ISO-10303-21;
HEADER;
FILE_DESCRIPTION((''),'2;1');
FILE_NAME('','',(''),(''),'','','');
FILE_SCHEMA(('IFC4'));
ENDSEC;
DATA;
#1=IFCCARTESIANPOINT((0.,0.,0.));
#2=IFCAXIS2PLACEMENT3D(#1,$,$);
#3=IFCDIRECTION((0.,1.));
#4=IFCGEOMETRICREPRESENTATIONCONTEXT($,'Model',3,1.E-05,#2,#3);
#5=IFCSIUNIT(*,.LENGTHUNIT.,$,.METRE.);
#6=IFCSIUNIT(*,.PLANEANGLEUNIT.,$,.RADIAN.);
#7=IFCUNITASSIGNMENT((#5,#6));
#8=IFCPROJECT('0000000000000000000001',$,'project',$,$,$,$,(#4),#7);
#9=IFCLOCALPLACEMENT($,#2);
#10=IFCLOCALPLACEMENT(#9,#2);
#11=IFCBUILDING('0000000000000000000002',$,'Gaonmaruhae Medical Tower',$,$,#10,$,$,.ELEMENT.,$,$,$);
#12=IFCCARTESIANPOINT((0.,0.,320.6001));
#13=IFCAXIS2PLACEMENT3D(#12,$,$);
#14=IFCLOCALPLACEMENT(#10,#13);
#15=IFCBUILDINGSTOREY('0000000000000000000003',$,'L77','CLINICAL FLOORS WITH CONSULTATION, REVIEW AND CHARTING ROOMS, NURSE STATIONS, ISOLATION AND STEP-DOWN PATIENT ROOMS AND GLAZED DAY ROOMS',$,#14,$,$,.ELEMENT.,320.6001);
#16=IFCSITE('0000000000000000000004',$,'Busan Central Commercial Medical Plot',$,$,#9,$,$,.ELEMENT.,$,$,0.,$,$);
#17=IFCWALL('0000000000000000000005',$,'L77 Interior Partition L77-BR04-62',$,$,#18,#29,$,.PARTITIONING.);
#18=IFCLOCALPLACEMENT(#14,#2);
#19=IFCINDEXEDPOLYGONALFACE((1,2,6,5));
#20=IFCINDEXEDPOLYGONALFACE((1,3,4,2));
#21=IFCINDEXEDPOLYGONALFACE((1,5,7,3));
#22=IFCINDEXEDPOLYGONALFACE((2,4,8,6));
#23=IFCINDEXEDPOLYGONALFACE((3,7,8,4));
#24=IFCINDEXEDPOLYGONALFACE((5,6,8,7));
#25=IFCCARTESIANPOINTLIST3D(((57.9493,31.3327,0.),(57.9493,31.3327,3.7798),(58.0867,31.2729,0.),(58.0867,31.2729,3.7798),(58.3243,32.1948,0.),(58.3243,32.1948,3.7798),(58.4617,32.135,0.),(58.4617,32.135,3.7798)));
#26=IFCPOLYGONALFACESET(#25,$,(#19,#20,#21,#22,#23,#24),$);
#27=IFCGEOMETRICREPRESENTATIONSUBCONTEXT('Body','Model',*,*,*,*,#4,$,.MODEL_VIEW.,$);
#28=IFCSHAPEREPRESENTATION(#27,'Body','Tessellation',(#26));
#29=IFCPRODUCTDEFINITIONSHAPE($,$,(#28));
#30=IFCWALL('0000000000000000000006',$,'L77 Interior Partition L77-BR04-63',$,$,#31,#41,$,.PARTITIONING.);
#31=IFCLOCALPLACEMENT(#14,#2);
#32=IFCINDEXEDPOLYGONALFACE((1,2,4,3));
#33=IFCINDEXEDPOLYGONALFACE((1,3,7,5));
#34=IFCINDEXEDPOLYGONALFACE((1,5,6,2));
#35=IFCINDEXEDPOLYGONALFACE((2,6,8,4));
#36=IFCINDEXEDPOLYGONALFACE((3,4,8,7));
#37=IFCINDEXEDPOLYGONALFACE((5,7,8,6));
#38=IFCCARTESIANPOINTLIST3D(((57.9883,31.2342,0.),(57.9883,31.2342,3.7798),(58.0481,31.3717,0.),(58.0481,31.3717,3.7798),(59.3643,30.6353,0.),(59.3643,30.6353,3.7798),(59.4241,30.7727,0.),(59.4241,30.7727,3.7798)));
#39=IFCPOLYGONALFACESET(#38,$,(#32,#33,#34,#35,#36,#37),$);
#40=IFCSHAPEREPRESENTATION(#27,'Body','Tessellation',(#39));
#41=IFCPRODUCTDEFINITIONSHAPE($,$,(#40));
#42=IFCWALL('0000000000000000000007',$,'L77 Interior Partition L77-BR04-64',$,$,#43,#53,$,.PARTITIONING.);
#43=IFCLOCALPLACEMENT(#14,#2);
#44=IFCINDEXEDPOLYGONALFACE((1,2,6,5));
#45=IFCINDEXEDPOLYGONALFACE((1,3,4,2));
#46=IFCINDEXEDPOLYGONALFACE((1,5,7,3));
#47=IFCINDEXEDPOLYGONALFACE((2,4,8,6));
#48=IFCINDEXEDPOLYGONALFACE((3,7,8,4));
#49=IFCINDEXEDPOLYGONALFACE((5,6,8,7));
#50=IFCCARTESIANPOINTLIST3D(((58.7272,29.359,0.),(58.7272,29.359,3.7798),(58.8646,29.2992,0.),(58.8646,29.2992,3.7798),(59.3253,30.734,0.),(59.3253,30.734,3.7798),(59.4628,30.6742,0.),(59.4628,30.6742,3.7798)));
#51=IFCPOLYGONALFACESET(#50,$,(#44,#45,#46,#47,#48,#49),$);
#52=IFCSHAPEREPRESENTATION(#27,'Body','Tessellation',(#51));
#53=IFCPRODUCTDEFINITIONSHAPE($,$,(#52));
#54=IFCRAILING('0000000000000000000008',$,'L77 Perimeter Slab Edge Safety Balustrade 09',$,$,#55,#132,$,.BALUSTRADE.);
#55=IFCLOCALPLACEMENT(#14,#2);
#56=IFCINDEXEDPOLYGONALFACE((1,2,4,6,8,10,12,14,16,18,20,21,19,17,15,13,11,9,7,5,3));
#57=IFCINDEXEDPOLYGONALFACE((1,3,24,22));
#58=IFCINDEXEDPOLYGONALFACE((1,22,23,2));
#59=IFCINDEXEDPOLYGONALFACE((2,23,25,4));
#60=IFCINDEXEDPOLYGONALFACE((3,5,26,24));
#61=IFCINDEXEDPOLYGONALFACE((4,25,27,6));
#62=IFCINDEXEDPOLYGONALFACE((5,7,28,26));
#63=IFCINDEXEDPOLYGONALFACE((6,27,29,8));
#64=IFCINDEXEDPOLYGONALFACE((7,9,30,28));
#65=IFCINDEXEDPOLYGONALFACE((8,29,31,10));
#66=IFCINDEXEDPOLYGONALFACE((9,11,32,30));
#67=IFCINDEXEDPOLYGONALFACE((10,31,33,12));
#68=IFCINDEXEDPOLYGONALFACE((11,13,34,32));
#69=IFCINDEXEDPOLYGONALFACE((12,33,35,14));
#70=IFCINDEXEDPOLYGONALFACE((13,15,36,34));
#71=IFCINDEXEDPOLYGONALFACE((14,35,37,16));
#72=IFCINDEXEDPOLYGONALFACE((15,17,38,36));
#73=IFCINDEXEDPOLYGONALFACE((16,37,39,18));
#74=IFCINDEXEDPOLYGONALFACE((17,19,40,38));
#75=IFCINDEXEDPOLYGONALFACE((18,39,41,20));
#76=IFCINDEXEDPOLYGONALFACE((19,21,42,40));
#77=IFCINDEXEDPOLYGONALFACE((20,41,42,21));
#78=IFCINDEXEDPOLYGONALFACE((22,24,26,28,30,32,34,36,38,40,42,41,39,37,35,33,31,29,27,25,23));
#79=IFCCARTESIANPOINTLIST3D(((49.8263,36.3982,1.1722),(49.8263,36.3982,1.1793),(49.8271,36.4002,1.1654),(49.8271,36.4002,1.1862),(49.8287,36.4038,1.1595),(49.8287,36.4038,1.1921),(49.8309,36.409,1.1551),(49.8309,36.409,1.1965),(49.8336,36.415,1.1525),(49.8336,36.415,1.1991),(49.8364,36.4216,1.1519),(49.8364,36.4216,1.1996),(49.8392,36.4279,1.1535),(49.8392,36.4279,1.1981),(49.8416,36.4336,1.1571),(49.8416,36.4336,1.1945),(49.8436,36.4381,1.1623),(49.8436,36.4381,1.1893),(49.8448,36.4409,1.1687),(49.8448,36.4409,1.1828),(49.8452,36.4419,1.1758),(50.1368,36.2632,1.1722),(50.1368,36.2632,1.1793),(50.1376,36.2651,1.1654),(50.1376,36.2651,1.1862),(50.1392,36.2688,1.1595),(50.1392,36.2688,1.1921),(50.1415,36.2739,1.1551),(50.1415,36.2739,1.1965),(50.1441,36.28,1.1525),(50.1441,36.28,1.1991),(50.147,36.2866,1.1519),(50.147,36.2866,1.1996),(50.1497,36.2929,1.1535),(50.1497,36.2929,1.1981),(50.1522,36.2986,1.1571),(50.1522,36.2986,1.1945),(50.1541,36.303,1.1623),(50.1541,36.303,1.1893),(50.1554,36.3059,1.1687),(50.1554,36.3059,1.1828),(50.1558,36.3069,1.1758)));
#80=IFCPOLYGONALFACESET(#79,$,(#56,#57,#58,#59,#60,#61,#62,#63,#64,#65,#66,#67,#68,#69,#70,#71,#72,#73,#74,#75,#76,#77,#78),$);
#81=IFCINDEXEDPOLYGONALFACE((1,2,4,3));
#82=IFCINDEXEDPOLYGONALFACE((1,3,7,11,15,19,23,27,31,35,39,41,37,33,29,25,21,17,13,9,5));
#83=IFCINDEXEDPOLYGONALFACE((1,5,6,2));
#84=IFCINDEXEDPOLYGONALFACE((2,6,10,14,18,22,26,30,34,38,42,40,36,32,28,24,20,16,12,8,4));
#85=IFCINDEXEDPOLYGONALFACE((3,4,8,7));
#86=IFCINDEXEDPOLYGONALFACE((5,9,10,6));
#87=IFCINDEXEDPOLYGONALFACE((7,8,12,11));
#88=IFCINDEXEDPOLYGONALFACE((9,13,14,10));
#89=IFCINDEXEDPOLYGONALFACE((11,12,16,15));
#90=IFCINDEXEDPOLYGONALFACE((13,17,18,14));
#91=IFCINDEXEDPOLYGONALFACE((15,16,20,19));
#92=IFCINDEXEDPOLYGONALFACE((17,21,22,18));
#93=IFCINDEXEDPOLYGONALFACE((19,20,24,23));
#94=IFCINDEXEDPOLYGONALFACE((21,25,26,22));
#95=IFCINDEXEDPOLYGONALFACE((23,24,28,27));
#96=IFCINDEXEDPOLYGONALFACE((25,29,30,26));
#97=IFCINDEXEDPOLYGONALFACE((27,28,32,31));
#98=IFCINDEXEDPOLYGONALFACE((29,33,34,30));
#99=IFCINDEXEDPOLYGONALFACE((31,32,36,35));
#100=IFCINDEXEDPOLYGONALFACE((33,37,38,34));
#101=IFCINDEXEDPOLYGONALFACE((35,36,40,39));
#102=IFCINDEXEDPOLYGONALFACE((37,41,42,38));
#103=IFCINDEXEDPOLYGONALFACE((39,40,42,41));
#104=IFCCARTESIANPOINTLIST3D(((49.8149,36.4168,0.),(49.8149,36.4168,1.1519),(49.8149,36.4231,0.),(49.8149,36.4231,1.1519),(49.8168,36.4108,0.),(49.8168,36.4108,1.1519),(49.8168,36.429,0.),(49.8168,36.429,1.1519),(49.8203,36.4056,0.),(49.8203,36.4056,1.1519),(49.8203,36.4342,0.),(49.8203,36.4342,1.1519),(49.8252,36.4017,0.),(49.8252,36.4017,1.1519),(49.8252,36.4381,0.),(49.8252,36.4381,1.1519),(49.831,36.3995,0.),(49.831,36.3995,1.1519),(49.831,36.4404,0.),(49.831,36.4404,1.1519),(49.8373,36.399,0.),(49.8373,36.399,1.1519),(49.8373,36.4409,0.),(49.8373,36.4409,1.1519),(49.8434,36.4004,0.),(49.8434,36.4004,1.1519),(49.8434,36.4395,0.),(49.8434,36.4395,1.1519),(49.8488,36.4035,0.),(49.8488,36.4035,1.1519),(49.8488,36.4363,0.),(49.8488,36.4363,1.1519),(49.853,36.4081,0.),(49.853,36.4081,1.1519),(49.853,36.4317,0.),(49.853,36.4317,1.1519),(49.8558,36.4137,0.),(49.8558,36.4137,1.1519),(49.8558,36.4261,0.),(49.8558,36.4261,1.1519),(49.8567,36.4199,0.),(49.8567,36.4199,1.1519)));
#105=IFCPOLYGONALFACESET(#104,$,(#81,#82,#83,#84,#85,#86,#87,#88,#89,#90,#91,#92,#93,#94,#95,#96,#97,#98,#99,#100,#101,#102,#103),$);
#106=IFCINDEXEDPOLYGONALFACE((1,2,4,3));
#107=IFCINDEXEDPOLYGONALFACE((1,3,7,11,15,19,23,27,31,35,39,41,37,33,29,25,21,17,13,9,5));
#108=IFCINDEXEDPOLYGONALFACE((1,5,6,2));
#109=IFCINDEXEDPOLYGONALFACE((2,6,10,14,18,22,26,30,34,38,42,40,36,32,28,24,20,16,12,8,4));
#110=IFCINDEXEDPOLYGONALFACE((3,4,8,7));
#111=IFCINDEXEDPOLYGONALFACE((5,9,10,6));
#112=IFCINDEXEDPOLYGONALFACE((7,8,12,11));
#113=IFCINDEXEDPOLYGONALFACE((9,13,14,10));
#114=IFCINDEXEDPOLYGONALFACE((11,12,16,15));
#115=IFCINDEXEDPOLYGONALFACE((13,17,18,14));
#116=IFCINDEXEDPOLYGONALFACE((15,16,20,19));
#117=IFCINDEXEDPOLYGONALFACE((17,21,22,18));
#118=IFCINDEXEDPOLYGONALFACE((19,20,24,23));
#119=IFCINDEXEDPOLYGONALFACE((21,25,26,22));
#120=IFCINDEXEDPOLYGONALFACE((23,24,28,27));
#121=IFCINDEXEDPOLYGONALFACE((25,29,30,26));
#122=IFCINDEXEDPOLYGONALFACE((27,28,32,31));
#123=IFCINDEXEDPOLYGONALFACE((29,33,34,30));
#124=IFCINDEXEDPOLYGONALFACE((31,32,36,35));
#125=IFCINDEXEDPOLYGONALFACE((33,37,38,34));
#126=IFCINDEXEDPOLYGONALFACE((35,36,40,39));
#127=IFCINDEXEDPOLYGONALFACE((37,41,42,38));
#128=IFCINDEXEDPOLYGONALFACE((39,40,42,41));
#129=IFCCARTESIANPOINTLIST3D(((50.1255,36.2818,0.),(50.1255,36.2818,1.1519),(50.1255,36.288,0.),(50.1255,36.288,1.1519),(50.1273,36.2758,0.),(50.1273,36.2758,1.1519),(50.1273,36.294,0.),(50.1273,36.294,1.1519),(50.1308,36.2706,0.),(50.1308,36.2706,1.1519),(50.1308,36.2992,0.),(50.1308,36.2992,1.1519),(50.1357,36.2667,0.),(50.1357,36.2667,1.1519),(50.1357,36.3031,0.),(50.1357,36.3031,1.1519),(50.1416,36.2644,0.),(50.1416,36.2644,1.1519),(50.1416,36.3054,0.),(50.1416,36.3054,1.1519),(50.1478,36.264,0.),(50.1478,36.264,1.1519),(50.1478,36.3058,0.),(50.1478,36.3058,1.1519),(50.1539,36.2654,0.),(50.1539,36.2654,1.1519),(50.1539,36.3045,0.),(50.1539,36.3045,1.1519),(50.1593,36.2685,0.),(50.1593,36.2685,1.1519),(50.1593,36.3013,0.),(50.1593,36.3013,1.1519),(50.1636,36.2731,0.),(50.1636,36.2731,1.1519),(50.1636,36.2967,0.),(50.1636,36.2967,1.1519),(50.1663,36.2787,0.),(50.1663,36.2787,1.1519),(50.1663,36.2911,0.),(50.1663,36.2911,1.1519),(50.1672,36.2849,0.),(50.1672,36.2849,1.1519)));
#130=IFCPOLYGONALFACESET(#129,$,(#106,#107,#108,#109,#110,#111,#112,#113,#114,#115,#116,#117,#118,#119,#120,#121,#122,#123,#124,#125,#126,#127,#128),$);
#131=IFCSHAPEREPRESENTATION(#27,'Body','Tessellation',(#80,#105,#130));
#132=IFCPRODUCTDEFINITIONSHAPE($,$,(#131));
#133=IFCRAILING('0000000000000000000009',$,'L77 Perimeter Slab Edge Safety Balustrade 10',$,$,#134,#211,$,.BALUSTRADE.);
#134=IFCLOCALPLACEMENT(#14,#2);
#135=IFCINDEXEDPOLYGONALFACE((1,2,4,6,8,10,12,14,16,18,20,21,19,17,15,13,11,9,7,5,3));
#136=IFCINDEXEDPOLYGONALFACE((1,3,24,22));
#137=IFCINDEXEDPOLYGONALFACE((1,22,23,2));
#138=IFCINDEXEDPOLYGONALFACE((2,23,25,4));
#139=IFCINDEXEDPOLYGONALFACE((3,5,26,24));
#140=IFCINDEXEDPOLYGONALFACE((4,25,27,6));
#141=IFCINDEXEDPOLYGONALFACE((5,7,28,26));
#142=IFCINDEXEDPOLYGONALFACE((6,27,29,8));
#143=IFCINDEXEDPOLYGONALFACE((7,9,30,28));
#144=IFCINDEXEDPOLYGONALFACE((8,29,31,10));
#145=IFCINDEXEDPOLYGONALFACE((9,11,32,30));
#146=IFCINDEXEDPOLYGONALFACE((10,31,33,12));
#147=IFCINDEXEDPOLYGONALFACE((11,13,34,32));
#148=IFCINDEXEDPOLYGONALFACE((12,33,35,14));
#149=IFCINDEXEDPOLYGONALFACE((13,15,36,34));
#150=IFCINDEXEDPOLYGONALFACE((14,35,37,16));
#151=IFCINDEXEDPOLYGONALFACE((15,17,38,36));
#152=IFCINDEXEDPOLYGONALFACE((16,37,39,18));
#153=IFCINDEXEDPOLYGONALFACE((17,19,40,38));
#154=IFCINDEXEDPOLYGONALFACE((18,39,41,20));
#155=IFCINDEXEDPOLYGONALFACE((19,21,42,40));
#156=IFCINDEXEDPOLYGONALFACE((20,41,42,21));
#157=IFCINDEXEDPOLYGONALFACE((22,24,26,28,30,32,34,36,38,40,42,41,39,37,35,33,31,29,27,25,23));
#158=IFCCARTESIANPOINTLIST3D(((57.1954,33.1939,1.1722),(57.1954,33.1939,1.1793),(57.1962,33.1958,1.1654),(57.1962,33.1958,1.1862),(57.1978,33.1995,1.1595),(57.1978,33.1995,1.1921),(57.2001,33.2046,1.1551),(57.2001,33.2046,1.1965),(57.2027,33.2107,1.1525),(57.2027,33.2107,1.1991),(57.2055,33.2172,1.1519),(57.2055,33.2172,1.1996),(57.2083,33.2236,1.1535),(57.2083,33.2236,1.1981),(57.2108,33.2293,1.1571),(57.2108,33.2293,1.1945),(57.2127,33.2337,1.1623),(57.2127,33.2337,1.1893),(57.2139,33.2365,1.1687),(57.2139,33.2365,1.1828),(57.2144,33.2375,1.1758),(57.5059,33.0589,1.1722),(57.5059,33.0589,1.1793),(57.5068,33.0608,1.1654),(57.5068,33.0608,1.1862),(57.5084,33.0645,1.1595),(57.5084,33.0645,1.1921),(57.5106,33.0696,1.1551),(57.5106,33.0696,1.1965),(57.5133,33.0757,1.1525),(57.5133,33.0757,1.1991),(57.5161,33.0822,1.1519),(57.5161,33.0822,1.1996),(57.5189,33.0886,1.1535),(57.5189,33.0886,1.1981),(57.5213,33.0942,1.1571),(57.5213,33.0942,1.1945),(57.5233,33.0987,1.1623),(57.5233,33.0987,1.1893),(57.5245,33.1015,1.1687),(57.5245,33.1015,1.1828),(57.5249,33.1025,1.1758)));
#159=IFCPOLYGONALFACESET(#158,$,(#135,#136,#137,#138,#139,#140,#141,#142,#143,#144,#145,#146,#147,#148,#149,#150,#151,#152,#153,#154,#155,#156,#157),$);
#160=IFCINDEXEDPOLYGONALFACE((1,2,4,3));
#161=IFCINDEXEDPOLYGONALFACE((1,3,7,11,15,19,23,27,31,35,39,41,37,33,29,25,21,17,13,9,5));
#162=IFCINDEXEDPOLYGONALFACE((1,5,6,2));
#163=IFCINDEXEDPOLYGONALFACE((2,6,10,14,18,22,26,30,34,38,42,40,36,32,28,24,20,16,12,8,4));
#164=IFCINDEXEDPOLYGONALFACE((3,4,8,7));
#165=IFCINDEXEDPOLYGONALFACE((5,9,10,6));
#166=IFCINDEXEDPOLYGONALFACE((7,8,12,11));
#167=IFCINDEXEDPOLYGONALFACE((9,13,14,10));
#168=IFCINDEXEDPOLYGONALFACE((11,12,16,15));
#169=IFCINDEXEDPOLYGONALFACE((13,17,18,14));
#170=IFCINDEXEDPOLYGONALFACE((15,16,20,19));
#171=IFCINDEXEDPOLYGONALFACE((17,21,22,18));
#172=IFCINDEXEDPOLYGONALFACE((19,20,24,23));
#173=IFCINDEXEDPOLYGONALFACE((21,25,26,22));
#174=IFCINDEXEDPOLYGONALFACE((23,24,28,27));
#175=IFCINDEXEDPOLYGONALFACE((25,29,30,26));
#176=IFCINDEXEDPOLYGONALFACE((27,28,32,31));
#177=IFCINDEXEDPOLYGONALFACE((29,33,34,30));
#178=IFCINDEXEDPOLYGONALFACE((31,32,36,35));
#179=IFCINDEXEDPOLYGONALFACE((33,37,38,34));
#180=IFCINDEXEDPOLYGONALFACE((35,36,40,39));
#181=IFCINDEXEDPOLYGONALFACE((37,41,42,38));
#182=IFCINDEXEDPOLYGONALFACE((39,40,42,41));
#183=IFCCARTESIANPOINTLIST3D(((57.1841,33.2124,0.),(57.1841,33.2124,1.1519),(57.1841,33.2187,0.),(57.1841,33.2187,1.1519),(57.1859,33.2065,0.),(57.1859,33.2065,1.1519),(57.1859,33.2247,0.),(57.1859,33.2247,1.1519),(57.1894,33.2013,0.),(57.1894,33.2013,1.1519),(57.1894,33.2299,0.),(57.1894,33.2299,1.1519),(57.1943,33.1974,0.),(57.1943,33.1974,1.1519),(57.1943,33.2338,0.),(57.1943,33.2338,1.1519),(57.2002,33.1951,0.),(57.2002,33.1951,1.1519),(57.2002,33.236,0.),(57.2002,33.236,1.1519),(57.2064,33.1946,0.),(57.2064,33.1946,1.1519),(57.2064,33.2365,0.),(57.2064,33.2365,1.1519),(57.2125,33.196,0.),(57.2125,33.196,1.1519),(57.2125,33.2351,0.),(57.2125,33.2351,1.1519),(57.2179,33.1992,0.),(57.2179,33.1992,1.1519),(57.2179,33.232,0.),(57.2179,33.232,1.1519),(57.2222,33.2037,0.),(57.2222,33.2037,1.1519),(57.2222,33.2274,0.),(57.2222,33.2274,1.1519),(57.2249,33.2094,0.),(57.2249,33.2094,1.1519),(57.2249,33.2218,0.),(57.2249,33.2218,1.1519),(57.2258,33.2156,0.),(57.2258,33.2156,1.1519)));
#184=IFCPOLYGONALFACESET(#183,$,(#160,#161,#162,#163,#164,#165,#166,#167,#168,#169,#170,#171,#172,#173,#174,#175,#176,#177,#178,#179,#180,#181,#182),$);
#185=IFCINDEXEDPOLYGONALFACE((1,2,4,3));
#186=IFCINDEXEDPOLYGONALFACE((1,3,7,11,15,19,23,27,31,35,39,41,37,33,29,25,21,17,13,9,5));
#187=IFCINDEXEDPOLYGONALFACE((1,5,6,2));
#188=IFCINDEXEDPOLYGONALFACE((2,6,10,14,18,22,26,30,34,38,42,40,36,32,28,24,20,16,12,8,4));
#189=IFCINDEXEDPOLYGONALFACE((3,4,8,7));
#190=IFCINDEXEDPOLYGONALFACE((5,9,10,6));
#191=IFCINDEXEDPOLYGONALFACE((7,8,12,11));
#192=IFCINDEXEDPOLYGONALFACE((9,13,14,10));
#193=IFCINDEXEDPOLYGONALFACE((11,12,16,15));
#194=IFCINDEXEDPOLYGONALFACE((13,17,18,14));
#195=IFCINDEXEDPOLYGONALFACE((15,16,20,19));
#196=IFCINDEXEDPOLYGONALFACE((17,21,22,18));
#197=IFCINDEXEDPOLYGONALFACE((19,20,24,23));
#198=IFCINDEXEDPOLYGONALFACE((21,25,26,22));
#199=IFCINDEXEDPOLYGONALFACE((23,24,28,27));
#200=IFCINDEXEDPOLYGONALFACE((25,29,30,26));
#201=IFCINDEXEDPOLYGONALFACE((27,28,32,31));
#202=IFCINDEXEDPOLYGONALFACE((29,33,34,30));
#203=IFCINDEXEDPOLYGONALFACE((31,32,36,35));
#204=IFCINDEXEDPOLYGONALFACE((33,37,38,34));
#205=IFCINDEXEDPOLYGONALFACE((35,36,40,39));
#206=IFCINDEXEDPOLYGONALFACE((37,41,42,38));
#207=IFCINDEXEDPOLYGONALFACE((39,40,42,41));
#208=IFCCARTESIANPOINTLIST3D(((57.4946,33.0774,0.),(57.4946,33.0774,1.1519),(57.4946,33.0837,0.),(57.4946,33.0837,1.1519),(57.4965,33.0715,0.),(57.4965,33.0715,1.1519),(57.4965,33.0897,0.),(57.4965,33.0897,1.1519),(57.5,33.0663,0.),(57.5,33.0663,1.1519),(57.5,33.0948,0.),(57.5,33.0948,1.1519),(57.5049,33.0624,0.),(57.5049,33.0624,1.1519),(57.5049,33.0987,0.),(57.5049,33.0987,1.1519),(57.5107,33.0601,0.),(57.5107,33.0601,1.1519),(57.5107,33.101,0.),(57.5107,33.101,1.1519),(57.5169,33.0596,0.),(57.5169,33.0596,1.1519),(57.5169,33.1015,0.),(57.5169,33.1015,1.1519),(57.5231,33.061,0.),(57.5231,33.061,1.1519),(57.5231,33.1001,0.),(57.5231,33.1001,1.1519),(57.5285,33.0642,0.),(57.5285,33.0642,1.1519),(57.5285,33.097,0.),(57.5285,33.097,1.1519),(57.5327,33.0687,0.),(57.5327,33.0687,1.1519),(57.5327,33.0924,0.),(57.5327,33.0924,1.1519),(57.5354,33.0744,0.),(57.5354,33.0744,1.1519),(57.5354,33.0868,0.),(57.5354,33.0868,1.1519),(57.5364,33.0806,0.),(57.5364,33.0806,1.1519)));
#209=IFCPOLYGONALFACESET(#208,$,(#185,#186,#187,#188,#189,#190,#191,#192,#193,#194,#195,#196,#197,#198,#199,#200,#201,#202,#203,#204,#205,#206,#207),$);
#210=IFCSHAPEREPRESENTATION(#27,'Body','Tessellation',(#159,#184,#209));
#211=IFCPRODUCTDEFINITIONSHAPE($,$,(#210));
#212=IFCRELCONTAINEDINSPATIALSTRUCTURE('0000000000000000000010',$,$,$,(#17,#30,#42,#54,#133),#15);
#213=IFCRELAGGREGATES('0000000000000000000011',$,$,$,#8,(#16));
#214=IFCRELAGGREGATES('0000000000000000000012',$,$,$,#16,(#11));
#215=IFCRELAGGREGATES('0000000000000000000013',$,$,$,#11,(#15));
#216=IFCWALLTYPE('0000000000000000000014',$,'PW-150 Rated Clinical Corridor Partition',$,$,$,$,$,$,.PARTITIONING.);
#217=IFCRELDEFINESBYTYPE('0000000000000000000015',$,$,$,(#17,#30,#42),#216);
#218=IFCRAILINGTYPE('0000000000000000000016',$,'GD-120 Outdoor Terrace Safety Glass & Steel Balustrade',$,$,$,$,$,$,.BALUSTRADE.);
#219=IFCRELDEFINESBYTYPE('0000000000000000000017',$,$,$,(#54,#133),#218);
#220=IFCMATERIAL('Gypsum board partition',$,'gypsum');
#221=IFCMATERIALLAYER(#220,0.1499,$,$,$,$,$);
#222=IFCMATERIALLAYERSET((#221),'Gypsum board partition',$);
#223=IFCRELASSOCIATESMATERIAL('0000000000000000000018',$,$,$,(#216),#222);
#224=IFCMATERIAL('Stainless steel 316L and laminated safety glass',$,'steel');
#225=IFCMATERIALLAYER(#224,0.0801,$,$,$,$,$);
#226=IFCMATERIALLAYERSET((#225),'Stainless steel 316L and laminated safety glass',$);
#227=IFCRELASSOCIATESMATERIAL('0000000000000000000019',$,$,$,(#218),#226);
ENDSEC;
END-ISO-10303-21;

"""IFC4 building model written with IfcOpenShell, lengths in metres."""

from ifc_helpers import new_model, si_unit, direction, frame, frame_2d, origin, origin_2d, place, context, subcontext, project, spatial, rectangle, circle, extrude, material, layer, layer_set, type_object, element, save


model = new_model("IFC4")

# Units and contexts
model_context = context("Model", 3, precision=1e-05, world=origin(), true_north=direction((0.0, 1.0)))
body_context = subcontext(model_context, "Body", "Model", "MODEL_VIEW")
ifc_project = project(units=[si_unit("LENGTHUNIT", "METRE"), si_unit("PLANEANGLEUNIT", "RADIAN")], contexts=[model_context])

# Site, building, storey
site_placement = place(None, origin())
site = spatial("IfcSite", under=ifc_project, at=site_placement, Name="Busan Central Commercial Medical Plot", CompositionType="ELEMENT", RefElevation=0.0)
building_placement = place(site_placement, origin())
building = spatial("IfcBuilding", under=site, at=building_placement, Name="Gaonmaruhae Medical Tower", CompositionType="ELEMENT")
storey_placement = place(building_placement, frame((0.0, 0.0, 320.6001)))
storey = spatial("IfcBuildingStorey", under=building, at=storey_placement, Name="L77", Description="CLINICAL FLOORS WITH CONSULTATION, REVIEW AND CHARTING ROOMS, NURSE STATIONS, ISOLATION AND STEP-DOWN PATIENT ROOMS AND GLAZED DAY ROOMS", CompositionType="ELEMENT", Elevation=320.6001)

# Walls
ifc_material_1 = material(Name="Gypsum board partition", Category="gypsum")
ifc_layer_1 = layer(ifc_material_1, 0.1499)
ifc_layer_set_1 = layer_set([ifc_layer_1], Name="Gypsum board partition")
wall_type_1 = type_object("IfcWallType", Name="PW-150 Rated Clinical Corridor Partition", PredefinedType="PARTITIONING", material=ifc_layer_set_1)
wall_1_placement = place(storey_placement, frame((58.3931, 32.165, 0.0), z_axis=(0.0, 0.0, 1.0), x_axis=(-0.398897, -0.916996, 0.0)))
element("IfcWall", 1, at=wall_1_placement, inside=storey, type_object=wall_type_1, Name="L77 Interior Partition L77-BR04-62", PredefinedType="PARTITIONING", context=body_context, shape_type="SweptSolid", body=[
    extrude(rectangle(XDim=0.9402, YDim=0.1499, at=frame_2d((0.4702, 0.0))), origin(), (0.0, 0.0, 1.0), 3.7798),
])
wall_2_placement = place(storey_placement, frame((58.0181, 31.303, 0.0), z_axis=(0.0, 0.0, 1.0), x_axis=(0.916917, -0.399077, 0.0)))
element("IfcWall", 2, at=wall_2_placement, inside=storey, type_object=wall_type_1, Name="L77 Interior Partition L77-BR04-63", PredefinedType="PARTITIONING", context=body_context, shape_type="SweptSolid", body=[
    extrude(rectangle(XDim=1.5007, YDim=0.1499, at=frame_2d((0.7505, 0.0))), origin(), (0.0, 0.0, 1.0), 3.7798),
])
wall_3_placement = place(storey_placement, frame((59.394, 30.7041, 0.0), z_axis=(0.0, 0.0, 1.0), x_axis=(-0.398905, -0.916992, 0.0)))
element("IfcWall", 3, at=wall_3_placement, inside=storey, type_object=wall_type_1, Name="L77 Interior Partition L77-BR04-64", PredefinedType="PARTITIONING", context=body_context, shape_type="SweptSolid", body=[
    extrude(rectangle(XDim=1.4995, YDim=0.1499, at=frame_2d((0.7498, 0.0))), origin(), (0.0, 0.0, 1.0), 3.7798),
])

# Railings
ifc_material_2 = material(Name="Stainless steel 316L and laminated safety glass", Category="steel")
ifc_layer_2 = layer(ifc_material_2, 0.0801)
ifc_layer_set_2 = layer_set([ifc_layer_2], Name="Stainless steel 316L and laminated safety glass")
railing_type = type_object("IfcRailingType", Name="GD-120 Outdoor Terrace Safety Glass & Steel Balustrade", PredefinedType="BALUSTRADE", material=ifc_layer_set_2)
for number, where, name in (
    (4, (49.8357, 36.4199, 0.0), "L77 Perimeter Slab Edge Safety Balustrade 09"),
    (5, (57.2048, 33.2156, 0.0), "L77 Perimeter Slab Edge Safety Balustrade 10"),
):
    element("IfcRailing", number, at=place(storey_placement, frame(where)), inside=storey, type_object=railing_type, Name=name, PredefinedType="BALUSTRADE", context=body_context, shape_type="SweptSolid", body=[
        extrude(circle(Radius=0.0239, at=origin_2d()), frame((0.0, 0.0, 1.1758), z_axis=(0.917082, -0.3987, 0.0), x_axis=(0.3987, 0.917082, 0.0)), (0.0, 0.0, 1.0), 0.3386),
        extrude(circle(Radius=0.021, at=origin_2d()), origin(), (0.0, 0.0, 1.0), 1.1519),
        extrude(circle(Radius=0.021, at=origin_2d()), frame((0.3105, -0.135, 0.0)), (0.0, 0.0, 1.0), 1.1519),
    ])

save(model, "model.ifc")
